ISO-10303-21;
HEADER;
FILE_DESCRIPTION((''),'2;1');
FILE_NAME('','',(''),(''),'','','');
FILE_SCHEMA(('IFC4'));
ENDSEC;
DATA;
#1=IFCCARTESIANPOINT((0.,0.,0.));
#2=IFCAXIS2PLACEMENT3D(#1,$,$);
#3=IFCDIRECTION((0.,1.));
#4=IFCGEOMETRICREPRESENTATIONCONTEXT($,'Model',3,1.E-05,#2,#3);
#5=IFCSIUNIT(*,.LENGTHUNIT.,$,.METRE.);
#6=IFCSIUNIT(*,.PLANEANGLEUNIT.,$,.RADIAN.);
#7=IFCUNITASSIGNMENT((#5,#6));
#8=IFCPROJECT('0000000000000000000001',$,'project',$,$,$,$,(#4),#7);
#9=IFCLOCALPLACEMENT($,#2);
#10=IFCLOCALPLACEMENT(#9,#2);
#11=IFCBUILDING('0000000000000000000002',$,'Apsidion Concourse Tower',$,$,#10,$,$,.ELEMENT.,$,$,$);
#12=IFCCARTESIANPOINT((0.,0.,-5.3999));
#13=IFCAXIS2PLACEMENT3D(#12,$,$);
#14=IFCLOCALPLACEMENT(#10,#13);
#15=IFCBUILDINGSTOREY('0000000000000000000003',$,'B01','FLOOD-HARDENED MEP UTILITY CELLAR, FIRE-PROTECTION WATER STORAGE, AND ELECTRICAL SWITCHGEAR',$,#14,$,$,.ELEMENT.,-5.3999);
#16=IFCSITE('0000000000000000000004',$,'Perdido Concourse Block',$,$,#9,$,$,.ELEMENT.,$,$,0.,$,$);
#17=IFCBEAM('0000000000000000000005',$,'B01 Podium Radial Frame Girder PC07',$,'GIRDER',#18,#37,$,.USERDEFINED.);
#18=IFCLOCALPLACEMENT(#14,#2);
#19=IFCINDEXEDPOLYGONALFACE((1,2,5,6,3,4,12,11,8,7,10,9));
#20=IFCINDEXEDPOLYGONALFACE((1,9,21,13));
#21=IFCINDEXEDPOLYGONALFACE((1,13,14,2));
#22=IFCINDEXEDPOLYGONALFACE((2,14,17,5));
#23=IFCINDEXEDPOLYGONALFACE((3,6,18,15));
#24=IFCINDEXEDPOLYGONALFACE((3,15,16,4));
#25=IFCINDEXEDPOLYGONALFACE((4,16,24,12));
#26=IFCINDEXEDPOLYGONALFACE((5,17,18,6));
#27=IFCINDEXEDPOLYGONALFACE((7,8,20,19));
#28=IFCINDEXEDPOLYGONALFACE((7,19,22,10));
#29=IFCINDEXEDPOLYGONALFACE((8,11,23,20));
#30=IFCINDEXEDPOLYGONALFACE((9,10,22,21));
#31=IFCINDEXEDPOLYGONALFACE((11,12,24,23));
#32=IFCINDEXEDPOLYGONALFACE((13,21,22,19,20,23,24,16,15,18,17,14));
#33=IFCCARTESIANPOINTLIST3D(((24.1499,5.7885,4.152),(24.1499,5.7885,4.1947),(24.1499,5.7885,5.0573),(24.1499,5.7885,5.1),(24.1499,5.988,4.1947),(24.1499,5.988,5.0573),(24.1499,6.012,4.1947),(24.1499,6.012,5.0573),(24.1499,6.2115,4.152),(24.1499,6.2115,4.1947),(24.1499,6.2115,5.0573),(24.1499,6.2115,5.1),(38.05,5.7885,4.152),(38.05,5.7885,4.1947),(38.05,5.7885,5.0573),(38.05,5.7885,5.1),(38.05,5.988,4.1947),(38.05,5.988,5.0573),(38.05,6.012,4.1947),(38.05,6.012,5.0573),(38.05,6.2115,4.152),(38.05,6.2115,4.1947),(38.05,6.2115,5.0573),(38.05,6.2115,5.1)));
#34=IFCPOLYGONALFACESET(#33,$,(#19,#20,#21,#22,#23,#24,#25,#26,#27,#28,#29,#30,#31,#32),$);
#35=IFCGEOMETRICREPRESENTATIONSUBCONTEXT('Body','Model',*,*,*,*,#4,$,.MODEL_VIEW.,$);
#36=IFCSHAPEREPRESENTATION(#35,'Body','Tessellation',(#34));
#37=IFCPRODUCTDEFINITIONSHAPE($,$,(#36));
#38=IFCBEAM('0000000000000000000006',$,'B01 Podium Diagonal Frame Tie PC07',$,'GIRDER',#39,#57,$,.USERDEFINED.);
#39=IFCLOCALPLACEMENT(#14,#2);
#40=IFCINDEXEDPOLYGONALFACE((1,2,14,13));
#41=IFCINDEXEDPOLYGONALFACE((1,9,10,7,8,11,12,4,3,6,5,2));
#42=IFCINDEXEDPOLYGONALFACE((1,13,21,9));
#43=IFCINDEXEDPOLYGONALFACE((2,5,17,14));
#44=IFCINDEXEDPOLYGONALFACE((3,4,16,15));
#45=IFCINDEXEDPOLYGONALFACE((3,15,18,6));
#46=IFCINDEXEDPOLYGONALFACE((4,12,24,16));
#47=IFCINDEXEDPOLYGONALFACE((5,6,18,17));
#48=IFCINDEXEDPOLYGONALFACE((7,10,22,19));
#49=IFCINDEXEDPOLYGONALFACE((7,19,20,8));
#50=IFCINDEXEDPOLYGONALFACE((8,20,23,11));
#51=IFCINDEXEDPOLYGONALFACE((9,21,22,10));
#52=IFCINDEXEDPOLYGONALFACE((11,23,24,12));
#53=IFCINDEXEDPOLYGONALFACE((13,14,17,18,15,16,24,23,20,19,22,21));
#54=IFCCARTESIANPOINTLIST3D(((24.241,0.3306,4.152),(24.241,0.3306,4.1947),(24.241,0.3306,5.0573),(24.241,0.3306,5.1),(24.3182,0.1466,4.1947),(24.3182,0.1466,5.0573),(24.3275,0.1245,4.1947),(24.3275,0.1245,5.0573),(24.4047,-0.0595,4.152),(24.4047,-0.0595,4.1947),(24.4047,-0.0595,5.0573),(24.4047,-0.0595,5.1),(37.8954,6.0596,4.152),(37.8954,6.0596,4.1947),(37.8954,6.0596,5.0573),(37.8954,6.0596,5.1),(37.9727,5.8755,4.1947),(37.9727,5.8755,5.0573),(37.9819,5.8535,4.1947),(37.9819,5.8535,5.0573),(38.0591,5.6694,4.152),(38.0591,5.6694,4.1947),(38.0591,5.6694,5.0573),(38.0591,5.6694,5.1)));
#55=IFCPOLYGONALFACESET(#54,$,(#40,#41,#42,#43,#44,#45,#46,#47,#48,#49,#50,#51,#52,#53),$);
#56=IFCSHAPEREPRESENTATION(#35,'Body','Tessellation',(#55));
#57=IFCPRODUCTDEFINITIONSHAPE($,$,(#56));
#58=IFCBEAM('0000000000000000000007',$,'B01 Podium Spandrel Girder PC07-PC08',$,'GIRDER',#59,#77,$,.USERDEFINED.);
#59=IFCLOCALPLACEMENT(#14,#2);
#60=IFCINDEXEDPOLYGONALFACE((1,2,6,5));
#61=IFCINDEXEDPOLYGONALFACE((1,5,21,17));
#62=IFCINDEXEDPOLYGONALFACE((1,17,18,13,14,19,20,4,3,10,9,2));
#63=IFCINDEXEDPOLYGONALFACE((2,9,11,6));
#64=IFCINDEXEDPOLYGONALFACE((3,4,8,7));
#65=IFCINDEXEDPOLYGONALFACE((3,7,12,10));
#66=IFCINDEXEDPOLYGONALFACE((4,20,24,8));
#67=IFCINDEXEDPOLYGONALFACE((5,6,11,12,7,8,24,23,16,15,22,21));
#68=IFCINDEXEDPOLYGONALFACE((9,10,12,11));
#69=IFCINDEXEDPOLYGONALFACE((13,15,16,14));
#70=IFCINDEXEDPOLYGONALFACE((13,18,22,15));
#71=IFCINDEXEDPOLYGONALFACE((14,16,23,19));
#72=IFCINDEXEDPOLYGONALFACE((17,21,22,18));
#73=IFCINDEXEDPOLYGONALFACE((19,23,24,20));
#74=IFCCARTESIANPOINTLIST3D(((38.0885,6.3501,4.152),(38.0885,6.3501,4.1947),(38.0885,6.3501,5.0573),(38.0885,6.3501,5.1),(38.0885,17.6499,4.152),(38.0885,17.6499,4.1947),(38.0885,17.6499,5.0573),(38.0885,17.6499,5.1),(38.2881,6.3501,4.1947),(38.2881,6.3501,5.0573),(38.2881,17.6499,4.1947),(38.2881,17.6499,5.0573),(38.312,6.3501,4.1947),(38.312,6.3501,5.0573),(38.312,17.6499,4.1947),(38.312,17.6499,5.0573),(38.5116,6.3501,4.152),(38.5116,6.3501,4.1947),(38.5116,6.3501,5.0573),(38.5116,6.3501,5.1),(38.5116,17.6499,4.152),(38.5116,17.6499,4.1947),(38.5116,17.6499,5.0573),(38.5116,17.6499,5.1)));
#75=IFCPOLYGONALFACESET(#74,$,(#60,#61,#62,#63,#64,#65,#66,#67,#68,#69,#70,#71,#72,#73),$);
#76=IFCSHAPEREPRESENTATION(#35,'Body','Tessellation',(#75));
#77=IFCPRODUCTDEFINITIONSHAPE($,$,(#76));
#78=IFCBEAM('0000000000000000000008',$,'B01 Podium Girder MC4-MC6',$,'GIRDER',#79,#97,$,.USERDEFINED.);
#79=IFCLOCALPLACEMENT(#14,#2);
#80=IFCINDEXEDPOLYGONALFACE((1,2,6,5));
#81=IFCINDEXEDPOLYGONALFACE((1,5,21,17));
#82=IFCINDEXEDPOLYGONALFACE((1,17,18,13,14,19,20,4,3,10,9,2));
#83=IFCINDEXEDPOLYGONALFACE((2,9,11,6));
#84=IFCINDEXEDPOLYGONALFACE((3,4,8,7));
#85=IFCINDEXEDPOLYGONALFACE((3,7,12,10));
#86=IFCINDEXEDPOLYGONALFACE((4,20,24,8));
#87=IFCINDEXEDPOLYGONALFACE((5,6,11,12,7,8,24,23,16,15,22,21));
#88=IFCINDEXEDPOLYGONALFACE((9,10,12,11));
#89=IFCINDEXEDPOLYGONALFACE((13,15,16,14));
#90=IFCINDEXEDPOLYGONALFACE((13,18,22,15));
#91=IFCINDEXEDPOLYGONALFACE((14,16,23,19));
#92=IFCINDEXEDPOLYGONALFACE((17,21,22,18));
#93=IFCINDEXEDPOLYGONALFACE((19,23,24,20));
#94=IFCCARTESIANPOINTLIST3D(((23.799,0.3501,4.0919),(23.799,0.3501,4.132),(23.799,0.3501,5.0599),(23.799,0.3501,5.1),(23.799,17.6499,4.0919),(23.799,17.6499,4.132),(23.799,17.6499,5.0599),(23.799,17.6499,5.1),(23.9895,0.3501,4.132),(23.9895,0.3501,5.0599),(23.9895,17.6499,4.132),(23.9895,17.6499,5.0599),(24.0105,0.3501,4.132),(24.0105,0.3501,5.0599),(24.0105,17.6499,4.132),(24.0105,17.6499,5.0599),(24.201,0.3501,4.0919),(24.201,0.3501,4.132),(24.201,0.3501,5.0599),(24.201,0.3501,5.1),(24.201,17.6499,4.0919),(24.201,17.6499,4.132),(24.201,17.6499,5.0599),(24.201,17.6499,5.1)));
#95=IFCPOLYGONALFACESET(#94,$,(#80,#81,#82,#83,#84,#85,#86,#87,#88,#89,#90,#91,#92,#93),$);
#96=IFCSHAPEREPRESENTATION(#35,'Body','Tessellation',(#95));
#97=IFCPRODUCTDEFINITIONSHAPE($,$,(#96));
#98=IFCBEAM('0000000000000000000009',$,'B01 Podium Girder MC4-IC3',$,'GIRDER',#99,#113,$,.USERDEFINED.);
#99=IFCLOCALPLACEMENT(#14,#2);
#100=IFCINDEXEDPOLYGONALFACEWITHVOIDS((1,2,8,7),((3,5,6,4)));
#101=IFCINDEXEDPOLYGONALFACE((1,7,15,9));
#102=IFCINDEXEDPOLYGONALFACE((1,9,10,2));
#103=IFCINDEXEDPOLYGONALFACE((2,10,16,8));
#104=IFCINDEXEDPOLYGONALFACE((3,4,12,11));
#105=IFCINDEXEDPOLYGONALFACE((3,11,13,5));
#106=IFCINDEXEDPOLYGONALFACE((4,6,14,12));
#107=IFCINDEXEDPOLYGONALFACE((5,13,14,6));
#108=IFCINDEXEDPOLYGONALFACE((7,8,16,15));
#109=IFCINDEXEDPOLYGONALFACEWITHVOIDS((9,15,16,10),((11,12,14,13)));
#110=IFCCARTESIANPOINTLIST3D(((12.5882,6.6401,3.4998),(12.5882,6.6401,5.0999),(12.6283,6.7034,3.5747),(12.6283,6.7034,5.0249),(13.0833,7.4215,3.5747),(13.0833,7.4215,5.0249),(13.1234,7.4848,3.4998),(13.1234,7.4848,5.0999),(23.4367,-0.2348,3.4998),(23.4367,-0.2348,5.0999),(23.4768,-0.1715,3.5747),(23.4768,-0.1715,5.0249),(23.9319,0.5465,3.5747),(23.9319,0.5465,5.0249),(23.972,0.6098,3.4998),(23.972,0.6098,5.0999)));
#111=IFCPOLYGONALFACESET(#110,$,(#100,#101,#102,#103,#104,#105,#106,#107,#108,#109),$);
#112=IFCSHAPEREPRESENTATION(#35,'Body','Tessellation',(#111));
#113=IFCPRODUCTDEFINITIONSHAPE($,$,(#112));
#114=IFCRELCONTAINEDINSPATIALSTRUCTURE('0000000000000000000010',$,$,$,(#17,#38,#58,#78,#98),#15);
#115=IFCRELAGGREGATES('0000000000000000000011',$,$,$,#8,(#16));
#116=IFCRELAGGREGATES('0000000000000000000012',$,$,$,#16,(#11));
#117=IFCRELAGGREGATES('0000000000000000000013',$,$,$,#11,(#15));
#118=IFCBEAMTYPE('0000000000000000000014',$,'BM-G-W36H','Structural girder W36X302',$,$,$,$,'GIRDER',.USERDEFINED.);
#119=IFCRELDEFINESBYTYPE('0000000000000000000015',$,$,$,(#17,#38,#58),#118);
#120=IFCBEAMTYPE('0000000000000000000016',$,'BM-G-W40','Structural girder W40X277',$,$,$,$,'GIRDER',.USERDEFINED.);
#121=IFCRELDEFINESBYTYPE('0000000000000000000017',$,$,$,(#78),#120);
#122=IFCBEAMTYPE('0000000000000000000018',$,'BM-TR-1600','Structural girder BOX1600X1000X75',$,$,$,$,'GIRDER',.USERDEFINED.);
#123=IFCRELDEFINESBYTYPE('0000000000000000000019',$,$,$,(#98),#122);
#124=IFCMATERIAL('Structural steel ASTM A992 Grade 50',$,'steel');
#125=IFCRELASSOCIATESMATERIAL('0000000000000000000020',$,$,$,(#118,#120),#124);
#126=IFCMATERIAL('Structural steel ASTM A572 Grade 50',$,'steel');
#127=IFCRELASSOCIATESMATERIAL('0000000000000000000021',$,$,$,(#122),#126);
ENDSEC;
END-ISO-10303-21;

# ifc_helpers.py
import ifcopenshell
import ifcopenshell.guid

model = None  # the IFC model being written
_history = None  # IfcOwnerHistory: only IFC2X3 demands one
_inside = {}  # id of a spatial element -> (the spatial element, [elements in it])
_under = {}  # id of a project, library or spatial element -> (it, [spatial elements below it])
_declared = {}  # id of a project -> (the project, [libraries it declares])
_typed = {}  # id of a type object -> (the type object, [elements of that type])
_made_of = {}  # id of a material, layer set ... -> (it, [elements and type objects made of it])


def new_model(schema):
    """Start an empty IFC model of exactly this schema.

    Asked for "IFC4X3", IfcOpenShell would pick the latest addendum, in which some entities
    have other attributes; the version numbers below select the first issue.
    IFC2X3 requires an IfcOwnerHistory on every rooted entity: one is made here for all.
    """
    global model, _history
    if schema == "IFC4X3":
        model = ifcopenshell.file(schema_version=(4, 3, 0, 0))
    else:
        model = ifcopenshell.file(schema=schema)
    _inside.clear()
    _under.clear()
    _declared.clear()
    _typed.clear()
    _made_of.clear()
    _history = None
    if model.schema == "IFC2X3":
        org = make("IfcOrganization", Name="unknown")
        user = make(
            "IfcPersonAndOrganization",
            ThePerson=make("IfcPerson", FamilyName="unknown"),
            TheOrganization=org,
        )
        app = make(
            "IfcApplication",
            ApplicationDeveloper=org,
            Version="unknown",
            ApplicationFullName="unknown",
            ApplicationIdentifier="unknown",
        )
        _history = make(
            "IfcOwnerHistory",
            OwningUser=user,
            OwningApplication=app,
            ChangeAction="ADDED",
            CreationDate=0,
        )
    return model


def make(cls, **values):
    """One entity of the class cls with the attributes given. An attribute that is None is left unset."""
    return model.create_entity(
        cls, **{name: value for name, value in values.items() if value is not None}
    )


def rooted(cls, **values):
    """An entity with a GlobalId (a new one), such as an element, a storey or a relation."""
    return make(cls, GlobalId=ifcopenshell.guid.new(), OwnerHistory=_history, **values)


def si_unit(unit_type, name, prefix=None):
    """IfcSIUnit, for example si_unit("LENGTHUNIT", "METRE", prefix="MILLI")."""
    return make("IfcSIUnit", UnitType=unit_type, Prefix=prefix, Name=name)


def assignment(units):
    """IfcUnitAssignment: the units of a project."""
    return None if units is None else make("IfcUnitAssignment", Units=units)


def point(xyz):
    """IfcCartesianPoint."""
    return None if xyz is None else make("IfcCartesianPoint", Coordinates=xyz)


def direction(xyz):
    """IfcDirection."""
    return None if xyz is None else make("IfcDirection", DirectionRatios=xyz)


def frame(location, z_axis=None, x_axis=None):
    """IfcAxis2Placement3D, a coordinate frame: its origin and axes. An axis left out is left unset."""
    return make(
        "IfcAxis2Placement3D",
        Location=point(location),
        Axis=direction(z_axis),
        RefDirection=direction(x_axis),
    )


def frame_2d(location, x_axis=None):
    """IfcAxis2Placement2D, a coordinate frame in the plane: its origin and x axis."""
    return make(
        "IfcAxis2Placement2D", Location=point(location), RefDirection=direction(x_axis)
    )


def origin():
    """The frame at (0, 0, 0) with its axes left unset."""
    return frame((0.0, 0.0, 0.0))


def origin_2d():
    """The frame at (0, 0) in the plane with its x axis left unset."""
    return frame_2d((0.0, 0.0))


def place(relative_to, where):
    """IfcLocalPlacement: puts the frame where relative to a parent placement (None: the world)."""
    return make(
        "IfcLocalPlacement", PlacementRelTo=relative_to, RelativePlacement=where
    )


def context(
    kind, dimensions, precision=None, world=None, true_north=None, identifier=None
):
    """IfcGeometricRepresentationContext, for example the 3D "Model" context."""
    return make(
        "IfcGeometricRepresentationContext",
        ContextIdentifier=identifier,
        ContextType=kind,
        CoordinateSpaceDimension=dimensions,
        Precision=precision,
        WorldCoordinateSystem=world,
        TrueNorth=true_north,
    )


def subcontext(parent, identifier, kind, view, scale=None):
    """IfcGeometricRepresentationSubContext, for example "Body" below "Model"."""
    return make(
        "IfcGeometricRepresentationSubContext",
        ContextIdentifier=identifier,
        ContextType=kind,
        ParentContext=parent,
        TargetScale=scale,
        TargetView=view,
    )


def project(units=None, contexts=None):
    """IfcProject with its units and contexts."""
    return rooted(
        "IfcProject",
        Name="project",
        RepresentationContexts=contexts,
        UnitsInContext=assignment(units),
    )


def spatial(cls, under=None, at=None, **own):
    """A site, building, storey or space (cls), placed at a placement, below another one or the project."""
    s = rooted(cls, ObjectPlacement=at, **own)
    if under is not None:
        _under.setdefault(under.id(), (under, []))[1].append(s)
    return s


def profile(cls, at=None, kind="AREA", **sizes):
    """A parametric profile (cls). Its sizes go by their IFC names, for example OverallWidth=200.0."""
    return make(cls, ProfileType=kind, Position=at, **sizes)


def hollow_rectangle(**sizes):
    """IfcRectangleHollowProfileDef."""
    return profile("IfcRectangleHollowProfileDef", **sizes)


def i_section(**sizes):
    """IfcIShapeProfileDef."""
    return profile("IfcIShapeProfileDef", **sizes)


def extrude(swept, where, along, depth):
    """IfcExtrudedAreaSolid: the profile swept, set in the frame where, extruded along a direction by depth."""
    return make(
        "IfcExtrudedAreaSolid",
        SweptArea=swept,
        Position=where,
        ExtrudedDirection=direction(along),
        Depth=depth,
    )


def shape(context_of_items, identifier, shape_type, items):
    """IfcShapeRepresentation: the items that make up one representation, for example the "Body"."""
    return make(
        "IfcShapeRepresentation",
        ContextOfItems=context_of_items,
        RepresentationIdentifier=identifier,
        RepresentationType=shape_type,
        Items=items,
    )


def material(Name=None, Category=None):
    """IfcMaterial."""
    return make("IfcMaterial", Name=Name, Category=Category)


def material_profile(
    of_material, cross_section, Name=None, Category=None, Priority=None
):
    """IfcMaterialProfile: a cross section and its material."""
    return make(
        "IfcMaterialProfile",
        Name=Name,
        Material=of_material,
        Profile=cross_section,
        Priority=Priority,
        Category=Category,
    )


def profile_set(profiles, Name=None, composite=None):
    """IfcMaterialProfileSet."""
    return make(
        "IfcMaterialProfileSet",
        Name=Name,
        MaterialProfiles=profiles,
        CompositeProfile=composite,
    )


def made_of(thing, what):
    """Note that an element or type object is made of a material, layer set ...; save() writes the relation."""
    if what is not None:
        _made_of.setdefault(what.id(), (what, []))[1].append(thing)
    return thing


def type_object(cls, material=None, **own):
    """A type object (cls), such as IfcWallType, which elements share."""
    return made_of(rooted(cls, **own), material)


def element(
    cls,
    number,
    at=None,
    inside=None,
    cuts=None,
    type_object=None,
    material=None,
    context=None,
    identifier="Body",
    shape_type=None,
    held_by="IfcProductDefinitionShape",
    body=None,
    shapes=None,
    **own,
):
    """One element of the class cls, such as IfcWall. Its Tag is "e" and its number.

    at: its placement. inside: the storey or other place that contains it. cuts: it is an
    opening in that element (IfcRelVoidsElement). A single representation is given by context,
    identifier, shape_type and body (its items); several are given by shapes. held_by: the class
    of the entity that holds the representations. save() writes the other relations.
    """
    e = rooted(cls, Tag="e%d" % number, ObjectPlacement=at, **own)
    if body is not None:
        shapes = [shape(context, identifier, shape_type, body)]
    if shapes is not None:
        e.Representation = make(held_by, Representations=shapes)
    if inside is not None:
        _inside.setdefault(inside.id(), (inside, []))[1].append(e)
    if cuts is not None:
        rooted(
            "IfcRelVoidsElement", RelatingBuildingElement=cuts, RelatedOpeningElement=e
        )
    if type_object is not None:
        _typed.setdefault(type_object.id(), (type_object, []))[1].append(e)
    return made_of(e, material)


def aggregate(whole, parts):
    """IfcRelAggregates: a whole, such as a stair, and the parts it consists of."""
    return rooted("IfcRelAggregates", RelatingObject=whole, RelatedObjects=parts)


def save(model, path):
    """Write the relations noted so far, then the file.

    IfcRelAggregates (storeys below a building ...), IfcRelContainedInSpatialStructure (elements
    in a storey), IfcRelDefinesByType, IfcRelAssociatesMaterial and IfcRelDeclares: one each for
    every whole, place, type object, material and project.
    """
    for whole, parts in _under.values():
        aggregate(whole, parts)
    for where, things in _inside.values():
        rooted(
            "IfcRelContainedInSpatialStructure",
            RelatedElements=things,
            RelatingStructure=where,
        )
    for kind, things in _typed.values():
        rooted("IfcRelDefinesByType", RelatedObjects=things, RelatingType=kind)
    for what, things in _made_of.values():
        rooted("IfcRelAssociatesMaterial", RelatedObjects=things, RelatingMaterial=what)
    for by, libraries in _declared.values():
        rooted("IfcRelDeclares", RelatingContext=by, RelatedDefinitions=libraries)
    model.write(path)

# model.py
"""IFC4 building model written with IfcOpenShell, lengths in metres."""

from ifc_helpers import new_model, si_unit, direction, frame, origin, origin_2d, place, context, subcontext, project, spatial, hollow_rectangle, i_section, extrude, material, material_profile, profile_set, type_object, element, save


model = new_model("IFC4")

# Units and contexts
model_context = context("Model", 3, precision=1e-05, world=origin(), true_north=direction((0.0, 1.0)))
body_context = subcontext(model_context, "Body", "Model", "MODEL_VIEW")
ifc_project = project(units=[si_unit("LENGTHUNIT", "METRE"), si_unit("PLANEANGLEUNIT", "RADIAN")], contexts=[model_context])

# Site, building, storey
site_placement = place(None, origin())
site = spatial("IfcSite", under=ifc_project, at=site_placement, Name="Perdido Concourse Block", CompositionType="ELEMENT", RefElevation=0.0)
building_placement = place(site_placement, origin())
building = spatial("IfcBuilding", under=site, at=building_placement, Name="Apsidion Concourse Tower", CompositionType="ELEMENT")
storey_placement = place(building_placement, frame((0.0, 0.0, -5.3999)))
storey = spatial("IfcBuildingStorey", under=building, at=storey_placement, Name="B01", Description="FLOOD-HARDENED MEP UTILITY CELLAR, FIRE-PROTECTION WATER STORAGE, AND ELECTRICAL SWITCHGEAR", CompositionType="ELEMENT", Elevation=-5.3999)

# Shared definitions
ifc_material_1 = material(Name="Structural steel ASTM A572 Grade 50", Category="steel")

# Beams
ifc_material_2 = material(Name="Structural steel ASTM A992 Grade 50", Category="steel")
ifc_material_profile_1 = material_profile(ifc_material_2, i_section(OverallWidth=0.4231, OverallDepth=0.948, WebThickness=0.0239, FlangeThickness=0.0427, at=origin_2d()), Name="W36X302")
ifc_profile_set_1 = profile_set([ifc_material_profile_1], Name="Structural steel ASTM A992 Grade 50")
beam_type_1 = type_object("IfcBeamType", Name="BM-G-W36H", Description="Structural girder W36X302", ElementType="GIRDER", PredefinedType="USERDEFINED", material=ifc_profile_set_1)
beam_1_placement = place(storey_placement, frame((38.05, 6.0, 4.626), z_axis=(-1.0, 0.0, 0.0), x_axis=(0.0, -1.0, 0.0)))
element("IfcBeam", 1, at=beam_1_placement, inside=storey, type_object=beam_type_1, Name="B01 Podium Radial Frame Girder PC07", ObjectType="GIRDER", PredefinedType="USERDEFINED", context=body_context, shape_type="SweptSolid", body=[
    extrude(i_section(OverallWidth=0.4231, OverallDepth=0.948, WebThickness=0.0239, FlangeThickness=0.0427, at=origin_2d()), origin(), (0.0, 0.0, 1.0), 13.9001),
])
beam_2_placement = place(storey_placement, frame((37.9773, 5.8645, 4.626), z_axis=(-0.922124, -0.386894, 0.0), x_axis=(0.386894, -0.922124, 0.0)))
element("IfcBeam", 2, at=beam_2_placement, inside=storey, type_object=beam_type_1, Name="B01 Podium Diagonal Frame Tie PC07", ObjectType="GIRDER", PredefinedType="USERDEFINED", context=body_context, shape_type="SweptSolid", body=[
    extrude(i_section(OverallWidth=0.4231, OverallDepth=0.948, WebThickness=0.0239, FlangeThickness=0.0427, at=origin_2d()), origin(), (0.0, 0.0, 1.0), 14.8076),
])
beam_3_placement = place(storey_placement, frame((38.3, 6.3501, 4.626), z_axis=(0.0, 1.0, 0.0), x_axis=(-1.0, 0.0, 0.0)))
element("IfcBeam", 3, at=beam_3_placement, inside=storey, type_object=beam_type_1, Name="B01 Podium Spandrel Girder PC07-PC08", ObjectType="GIRDER", PredefinedType="USERDEFINED", context=body_context, shape_type="SweptSolid", body=[
    extrude(i_section(OverallWidth=0.4231, OverallDepth=0.948, WebThickness=0.0239, FlangeThickness=0.0427, at=origin_2d()), origin(), (0.0, 0.0, 1.0), 11.2998),
])
ifc_material_profile_2 = material_profile(ifc_material_2, i_section(OverallWidth=0.4021, OverallDepth=1.0081, WebThickness=0.021, FlangeThickness=0.04, at=origin_2d()), Name="W40X277")
ifc_profile_set_2 = profile_set([ifc_material_profile_2], Name="Structural steel ASTM A992 Grade 50")
beam_type_2 = type_object("IfcBeamType", Name="BM-G-W40", Description="Structural girder W40X277", ElementType="GIRDER", PredefinedType="USERDEFINED", material=ifc_profile_set_2)
beam_4_placement = place(storey_placement, frame((24.0, 0.3501, 4.5959), z_axis=(0.0, 1.0, 0.0), x_axis=(-1.0, 0.0, 0.0)))
element("IfcBeam", 4, at=beam_4_placement, inside=storey, type_object=beam_type_2, Name="B01 Podium Girder MC4-MC6", ObjectType="GIRDER", PredefinedType="USERDEFINED", context=body_context, shape_type="SweptSolid", body=[
    extrude(i_section(OverallWidth=0.4021, OverallDepth=1.0081, WebThickness=0.021, FlangeThickness=0.04, at=origin_2d()), origin(), (0.0, 0.0, 1.0), 17.2998),
])
ifc_material_profile_3 = material_profile(ifc_material_1, hollow_rectangle(XDim=1.0, YDim=1.6001, WallThickness=0.075, at=origin_2d()), Name="BOX1600X1000X75")
ifc_profile_set_3 = profile_set([ifc_material_profile_3], Name="Structural steel ASTM A572 Grade 50")
beam_type_3 = type_object("IfcBeamType", Name="BM-TR-1600", Description="Structural girder BOX1600X1000X75", ElementType="GIRDER", PredefinedType="USERDEFINED", material=ifc_profile_set_3)
beam_5_placement = place(storey_placement, frame((23.7043, 0.1875, 4.2998), z_axis=(-0.844671, 0.535285, 0.0), x_axis=(-0.535285, -0.844671, 0.0)))
element("IfcBeam", 5, at=beam_5_placement, inside=storey, type_object=beam_type_3, Name="B01 Podium Girder MC4-IC3", ObjectType="GIRDER", PredefinedType="USERDEFINED", context=body_context, shape_type="SweptSolid", body=[
    extrude(hollow_rectangle(XDim=1.0, YDim=1.6001, WallThickness=0.075, at=origin_2d()), origin(), (0.0, 0.0, 1.0), 12.8435),
])

save(model, "model.ifc")
